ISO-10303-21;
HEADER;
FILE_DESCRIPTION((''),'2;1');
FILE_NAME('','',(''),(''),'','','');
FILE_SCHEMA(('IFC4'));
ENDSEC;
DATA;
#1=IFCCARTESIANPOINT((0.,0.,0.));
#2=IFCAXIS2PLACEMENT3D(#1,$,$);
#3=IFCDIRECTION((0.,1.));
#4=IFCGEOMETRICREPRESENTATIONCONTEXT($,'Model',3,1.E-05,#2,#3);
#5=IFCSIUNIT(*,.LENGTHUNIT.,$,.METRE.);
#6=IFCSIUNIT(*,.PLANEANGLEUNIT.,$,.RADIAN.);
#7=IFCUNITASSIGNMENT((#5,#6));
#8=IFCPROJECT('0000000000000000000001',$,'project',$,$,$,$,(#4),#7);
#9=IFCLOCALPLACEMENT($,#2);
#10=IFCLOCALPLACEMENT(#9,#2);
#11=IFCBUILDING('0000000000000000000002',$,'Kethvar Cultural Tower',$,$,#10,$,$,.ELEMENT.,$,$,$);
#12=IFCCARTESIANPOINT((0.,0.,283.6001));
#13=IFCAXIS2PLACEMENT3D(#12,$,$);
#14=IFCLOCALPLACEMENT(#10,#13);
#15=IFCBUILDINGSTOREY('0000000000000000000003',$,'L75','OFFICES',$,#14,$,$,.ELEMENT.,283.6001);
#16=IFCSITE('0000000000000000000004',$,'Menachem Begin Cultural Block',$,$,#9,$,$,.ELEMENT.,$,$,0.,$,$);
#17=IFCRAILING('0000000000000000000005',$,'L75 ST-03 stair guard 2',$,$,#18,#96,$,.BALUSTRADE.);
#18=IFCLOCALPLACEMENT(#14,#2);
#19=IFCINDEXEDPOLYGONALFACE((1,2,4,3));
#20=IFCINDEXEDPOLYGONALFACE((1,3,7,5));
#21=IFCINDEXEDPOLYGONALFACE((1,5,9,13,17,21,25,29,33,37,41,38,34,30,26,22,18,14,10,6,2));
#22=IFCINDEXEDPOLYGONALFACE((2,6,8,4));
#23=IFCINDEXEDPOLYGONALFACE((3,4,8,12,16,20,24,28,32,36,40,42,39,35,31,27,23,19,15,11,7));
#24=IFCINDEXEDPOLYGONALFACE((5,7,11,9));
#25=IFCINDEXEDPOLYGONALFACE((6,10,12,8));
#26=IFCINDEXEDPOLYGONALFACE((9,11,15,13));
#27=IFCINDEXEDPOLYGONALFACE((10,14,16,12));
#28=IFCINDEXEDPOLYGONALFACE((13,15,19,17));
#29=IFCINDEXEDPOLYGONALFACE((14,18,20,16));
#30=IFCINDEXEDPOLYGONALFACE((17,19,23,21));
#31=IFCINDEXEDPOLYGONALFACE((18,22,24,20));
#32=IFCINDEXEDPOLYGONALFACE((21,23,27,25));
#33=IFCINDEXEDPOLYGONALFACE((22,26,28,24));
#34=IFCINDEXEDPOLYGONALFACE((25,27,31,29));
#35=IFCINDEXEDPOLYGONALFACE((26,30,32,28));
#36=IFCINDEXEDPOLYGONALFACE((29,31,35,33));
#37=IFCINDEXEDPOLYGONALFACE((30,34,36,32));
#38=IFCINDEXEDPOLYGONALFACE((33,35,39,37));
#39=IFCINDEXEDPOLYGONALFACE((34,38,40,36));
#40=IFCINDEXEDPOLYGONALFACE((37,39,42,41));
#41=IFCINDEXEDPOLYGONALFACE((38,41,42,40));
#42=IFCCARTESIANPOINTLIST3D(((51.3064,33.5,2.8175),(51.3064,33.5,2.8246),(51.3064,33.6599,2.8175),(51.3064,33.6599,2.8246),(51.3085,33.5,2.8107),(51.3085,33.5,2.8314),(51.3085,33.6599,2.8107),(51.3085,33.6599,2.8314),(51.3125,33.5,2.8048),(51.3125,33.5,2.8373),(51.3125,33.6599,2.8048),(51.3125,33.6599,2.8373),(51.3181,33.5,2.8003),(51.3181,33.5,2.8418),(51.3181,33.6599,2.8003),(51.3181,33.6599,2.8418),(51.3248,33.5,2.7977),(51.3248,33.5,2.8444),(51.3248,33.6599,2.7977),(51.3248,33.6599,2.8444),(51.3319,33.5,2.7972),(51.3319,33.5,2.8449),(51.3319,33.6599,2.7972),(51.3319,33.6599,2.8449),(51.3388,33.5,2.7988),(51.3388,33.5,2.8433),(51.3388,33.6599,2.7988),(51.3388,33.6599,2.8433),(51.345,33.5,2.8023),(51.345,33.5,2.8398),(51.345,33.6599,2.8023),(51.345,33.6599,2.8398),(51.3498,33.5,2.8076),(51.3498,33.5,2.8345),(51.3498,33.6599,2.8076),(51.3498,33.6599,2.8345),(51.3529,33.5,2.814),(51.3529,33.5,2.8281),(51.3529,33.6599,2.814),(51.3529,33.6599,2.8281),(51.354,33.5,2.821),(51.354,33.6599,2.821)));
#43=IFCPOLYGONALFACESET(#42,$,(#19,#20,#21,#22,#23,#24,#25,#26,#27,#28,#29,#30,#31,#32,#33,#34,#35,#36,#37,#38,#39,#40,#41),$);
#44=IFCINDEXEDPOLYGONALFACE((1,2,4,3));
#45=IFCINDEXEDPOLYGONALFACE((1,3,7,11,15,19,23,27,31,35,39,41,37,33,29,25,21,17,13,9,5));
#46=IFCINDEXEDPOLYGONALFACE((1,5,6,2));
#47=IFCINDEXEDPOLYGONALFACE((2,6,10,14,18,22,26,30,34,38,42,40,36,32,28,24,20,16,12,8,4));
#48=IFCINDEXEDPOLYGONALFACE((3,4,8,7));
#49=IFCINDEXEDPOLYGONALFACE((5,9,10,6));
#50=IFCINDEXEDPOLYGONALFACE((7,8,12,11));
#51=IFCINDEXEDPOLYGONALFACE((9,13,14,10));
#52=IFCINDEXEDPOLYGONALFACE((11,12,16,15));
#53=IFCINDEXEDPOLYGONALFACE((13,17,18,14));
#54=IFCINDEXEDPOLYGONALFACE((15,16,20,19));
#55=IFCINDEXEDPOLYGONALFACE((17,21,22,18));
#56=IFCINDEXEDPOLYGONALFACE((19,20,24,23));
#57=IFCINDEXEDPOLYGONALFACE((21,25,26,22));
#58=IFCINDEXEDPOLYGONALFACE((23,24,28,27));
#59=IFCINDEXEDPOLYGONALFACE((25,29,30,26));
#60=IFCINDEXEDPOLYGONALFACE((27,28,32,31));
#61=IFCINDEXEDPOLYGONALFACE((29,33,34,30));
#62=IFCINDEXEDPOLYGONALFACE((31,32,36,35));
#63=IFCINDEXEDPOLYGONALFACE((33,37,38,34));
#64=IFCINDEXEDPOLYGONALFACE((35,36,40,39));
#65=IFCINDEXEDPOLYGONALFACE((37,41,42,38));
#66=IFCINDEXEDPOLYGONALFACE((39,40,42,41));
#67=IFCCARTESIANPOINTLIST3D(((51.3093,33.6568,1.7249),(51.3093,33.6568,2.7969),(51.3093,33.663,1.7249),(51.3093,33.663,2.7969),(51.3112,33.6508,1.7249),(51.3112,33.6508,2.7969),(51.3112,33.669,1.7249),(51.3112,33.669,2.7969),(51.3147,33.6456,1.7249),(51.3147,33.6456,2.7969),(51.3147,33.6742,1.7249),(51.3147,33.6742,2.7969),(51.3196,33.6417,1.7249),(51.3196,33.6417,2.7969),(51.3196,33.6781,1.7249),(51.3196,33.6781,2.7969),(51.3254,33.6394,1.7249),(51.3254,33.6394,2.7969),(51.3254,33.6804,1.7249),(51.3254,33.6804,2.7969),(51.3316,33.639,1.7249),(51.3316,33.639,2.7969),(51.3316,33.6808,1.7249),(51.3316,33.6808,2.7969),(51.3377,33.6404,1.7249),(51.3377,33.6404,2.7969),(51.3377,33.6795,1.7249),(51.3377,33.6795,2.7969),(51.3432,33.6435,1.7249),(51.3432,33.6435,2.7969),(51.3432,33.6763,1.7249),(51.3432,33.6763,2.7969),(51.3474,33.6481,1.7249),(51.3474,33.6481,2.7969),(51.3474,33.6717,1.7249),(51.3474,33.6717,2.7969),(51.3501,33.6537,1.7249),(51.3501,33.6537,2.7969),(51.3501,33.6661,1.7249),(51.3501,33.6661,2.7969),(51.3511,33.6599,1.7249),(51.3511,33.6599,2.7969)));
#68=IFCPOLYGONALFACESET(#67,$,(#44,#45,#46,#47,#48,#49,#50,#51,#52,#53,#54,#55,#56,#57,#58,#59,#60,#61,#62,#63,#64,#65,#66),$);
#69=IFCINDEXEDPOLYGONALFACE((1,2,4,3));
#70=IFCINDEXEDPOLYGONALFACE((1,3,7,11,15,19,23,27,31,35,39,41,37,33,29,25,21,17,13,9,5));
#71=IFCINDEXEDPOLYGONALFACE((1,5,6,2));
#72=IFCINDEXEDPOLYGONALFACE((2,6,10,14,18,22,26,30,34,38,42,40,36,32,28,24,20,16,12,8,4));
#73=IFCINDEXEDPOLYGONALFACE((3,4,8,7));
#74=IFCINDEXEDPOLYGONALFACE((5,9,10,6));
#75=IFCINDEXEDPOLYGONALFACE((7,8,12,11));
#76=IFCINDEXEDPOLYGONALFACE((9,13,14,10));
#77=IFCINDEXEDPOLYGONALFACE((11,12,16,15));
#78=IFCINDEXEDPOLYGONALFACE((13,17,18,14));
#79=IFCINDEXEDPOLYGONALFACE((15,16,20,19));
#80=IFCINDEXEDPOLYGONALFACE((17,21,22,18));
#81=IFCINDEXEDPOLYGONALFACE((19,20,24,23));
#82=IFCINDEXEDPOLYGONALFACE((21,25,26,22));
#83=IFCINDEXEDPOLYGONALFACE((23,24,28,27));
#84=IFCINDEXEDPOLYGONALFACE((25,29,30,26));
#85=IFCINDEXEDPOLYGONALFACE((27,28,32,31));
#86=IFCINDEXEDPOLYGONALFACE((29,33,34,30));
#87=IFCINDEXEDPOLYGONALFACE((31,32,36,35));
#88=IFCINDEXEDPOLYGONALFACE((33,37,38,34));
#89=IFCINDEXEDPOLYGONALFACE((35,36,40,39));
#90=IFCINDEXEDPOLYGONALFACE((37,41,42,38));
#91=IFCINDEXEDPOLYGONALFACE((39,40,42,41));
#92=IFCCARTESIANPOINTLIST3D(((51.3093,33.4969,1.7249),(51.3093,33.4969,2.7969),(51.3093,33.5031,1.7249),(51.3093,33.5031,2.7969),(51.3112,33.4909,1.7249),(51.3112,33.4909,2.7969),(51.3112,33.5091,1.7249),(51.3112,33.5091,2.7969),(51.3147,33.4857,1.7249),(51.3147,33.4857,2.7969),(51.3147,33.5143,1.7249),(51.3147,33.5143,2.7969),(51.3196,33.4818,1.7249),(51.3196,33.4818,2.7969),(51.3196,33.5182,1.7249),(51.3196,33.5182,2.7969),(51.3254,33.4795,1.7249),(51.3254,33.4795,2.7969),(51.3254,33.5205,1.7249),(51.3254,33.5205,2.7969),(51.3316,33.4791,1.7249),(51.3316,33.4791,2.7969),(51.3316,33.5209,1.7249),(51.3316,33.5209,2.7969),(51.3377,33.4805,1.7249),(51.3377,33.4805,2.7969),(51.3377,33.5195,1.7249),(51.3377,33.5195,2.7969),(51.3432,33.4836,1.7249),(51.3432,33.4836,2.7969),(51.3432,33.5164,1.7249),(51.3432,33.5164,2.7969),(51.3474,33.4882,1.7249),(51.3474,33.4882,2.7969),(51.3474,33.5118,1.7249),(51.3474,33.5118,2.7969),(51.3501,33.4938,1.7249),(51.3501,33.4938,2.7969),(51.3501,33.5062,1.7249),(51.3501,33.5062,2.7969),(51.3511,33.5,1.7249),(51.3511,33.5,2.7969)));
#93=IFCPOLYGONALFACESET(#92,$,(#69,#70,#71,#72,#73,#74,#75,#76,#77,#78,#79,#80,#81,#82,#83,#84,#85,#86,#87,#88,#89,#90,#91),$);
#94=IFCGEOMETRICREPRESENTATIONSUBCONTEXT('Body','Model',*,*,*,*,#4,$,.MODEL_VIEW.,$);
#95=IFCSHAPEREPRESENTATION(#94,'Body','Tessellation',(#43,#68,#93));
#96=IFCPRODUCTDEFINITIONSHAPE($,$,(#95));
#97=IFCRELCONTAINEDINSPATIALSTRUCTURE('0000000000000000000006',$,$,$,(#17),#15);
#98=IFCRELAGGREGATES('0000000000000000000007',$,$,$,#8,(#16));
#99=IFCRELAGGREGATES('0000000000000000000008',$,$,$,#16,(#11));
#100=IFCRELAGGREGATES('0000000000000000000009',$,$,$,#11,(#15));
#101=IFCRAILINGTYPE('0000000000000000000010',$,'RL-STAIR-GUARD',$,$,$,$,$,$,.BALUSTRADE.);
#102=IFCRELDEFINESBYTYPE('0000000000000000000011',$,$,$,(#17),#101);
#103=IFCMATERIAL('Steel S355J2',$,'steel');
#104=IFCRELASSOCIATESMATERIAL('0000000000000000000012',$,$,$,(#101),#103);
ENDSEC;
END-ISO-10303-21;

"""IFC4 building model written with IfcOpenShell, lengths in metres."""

from ifc_helpers import new_model, si_unit, direction, frame, origin, origin_2d, place, context, subcontext, project, spatial, circle, extrude, material, type_object, element, save


model = new_model("IFC4")

# Units and contexts
model_context = context("Model", 3, precision=1e-05, world=origin(), true_north=direction((0.0, 1.0)))
body_context = subcontext(model_context, "Body", "Model", "MODEL_VIEW")
ifc_project = project(units=[si_unit("LENGTHUNIT", "METRE"), si_unit("PLANEANGLEUNIT", "RADIAN")], contexts=[model_context])

# Site, building, storey
site_placement = place(None, origin())
site = spatial("IfcSite", under=ifc_project, at=site_placement, Name="Menachem Begin Cultural Block", CompositionType="ELEMENT", RefElevation=0.0)
building_placement = place(site_placement, origin())
building = spatial("IfcBuilding", under=site, at=building_placement, Name="Kethvar Cultural Tower", CompositionType="ELEMENT")
storey_placement = place(building_placement, frame((0.0, 0.0, 283.6001)))
storey = spatial("IfcBuildingStorey", under=building, at=storey_placement, Name="L75", Description="OFFICES", CompositionType="ELEMENT", Elevation=283.6001)

# Shared definitions
ifc_material_1 = material(Name="Steel S355J2", Category="steel")

# Railing
railing_type_1 = type_object("IfcRailingType", Name="RL-STAIR-GUARD", PredefinedType="BALUSTRADE", material=ifc_material_1)
railing_1_placement = place(storey_placement, frame((51.3301, 33.6599, 1.7249)))
element("IfcRailing", 1, at=railing_1_placement, inside=storey, type_object=railing_type_1, Name="L75 ST-03 stair guard 2", PredefinedType="BALUSTRADE", context=body_context, shape_type="SweptSolid", body=[
    extrude(circle(Radius=0.0239, at=origin_2d()), frame((0.0, 0.0, 1.0962), z_axis=(0.0, -1.0, 0.0), x_axis=(1.0, 0.0, 0.0)), (0.0, 0.0, 1.0), 0.1599),
    extrude(circle(Radius=0.021, at=origin_2d()), origin(), (0.0, 0.0, 1.0), 1.072),
    extrude(circle(Radius=0.021, at=origin_2d()), frame((0.0, -0.1599, 0.0)), (0.0, 0.0, 1.0), 1.072),
])

save(model, "model.ifc")
